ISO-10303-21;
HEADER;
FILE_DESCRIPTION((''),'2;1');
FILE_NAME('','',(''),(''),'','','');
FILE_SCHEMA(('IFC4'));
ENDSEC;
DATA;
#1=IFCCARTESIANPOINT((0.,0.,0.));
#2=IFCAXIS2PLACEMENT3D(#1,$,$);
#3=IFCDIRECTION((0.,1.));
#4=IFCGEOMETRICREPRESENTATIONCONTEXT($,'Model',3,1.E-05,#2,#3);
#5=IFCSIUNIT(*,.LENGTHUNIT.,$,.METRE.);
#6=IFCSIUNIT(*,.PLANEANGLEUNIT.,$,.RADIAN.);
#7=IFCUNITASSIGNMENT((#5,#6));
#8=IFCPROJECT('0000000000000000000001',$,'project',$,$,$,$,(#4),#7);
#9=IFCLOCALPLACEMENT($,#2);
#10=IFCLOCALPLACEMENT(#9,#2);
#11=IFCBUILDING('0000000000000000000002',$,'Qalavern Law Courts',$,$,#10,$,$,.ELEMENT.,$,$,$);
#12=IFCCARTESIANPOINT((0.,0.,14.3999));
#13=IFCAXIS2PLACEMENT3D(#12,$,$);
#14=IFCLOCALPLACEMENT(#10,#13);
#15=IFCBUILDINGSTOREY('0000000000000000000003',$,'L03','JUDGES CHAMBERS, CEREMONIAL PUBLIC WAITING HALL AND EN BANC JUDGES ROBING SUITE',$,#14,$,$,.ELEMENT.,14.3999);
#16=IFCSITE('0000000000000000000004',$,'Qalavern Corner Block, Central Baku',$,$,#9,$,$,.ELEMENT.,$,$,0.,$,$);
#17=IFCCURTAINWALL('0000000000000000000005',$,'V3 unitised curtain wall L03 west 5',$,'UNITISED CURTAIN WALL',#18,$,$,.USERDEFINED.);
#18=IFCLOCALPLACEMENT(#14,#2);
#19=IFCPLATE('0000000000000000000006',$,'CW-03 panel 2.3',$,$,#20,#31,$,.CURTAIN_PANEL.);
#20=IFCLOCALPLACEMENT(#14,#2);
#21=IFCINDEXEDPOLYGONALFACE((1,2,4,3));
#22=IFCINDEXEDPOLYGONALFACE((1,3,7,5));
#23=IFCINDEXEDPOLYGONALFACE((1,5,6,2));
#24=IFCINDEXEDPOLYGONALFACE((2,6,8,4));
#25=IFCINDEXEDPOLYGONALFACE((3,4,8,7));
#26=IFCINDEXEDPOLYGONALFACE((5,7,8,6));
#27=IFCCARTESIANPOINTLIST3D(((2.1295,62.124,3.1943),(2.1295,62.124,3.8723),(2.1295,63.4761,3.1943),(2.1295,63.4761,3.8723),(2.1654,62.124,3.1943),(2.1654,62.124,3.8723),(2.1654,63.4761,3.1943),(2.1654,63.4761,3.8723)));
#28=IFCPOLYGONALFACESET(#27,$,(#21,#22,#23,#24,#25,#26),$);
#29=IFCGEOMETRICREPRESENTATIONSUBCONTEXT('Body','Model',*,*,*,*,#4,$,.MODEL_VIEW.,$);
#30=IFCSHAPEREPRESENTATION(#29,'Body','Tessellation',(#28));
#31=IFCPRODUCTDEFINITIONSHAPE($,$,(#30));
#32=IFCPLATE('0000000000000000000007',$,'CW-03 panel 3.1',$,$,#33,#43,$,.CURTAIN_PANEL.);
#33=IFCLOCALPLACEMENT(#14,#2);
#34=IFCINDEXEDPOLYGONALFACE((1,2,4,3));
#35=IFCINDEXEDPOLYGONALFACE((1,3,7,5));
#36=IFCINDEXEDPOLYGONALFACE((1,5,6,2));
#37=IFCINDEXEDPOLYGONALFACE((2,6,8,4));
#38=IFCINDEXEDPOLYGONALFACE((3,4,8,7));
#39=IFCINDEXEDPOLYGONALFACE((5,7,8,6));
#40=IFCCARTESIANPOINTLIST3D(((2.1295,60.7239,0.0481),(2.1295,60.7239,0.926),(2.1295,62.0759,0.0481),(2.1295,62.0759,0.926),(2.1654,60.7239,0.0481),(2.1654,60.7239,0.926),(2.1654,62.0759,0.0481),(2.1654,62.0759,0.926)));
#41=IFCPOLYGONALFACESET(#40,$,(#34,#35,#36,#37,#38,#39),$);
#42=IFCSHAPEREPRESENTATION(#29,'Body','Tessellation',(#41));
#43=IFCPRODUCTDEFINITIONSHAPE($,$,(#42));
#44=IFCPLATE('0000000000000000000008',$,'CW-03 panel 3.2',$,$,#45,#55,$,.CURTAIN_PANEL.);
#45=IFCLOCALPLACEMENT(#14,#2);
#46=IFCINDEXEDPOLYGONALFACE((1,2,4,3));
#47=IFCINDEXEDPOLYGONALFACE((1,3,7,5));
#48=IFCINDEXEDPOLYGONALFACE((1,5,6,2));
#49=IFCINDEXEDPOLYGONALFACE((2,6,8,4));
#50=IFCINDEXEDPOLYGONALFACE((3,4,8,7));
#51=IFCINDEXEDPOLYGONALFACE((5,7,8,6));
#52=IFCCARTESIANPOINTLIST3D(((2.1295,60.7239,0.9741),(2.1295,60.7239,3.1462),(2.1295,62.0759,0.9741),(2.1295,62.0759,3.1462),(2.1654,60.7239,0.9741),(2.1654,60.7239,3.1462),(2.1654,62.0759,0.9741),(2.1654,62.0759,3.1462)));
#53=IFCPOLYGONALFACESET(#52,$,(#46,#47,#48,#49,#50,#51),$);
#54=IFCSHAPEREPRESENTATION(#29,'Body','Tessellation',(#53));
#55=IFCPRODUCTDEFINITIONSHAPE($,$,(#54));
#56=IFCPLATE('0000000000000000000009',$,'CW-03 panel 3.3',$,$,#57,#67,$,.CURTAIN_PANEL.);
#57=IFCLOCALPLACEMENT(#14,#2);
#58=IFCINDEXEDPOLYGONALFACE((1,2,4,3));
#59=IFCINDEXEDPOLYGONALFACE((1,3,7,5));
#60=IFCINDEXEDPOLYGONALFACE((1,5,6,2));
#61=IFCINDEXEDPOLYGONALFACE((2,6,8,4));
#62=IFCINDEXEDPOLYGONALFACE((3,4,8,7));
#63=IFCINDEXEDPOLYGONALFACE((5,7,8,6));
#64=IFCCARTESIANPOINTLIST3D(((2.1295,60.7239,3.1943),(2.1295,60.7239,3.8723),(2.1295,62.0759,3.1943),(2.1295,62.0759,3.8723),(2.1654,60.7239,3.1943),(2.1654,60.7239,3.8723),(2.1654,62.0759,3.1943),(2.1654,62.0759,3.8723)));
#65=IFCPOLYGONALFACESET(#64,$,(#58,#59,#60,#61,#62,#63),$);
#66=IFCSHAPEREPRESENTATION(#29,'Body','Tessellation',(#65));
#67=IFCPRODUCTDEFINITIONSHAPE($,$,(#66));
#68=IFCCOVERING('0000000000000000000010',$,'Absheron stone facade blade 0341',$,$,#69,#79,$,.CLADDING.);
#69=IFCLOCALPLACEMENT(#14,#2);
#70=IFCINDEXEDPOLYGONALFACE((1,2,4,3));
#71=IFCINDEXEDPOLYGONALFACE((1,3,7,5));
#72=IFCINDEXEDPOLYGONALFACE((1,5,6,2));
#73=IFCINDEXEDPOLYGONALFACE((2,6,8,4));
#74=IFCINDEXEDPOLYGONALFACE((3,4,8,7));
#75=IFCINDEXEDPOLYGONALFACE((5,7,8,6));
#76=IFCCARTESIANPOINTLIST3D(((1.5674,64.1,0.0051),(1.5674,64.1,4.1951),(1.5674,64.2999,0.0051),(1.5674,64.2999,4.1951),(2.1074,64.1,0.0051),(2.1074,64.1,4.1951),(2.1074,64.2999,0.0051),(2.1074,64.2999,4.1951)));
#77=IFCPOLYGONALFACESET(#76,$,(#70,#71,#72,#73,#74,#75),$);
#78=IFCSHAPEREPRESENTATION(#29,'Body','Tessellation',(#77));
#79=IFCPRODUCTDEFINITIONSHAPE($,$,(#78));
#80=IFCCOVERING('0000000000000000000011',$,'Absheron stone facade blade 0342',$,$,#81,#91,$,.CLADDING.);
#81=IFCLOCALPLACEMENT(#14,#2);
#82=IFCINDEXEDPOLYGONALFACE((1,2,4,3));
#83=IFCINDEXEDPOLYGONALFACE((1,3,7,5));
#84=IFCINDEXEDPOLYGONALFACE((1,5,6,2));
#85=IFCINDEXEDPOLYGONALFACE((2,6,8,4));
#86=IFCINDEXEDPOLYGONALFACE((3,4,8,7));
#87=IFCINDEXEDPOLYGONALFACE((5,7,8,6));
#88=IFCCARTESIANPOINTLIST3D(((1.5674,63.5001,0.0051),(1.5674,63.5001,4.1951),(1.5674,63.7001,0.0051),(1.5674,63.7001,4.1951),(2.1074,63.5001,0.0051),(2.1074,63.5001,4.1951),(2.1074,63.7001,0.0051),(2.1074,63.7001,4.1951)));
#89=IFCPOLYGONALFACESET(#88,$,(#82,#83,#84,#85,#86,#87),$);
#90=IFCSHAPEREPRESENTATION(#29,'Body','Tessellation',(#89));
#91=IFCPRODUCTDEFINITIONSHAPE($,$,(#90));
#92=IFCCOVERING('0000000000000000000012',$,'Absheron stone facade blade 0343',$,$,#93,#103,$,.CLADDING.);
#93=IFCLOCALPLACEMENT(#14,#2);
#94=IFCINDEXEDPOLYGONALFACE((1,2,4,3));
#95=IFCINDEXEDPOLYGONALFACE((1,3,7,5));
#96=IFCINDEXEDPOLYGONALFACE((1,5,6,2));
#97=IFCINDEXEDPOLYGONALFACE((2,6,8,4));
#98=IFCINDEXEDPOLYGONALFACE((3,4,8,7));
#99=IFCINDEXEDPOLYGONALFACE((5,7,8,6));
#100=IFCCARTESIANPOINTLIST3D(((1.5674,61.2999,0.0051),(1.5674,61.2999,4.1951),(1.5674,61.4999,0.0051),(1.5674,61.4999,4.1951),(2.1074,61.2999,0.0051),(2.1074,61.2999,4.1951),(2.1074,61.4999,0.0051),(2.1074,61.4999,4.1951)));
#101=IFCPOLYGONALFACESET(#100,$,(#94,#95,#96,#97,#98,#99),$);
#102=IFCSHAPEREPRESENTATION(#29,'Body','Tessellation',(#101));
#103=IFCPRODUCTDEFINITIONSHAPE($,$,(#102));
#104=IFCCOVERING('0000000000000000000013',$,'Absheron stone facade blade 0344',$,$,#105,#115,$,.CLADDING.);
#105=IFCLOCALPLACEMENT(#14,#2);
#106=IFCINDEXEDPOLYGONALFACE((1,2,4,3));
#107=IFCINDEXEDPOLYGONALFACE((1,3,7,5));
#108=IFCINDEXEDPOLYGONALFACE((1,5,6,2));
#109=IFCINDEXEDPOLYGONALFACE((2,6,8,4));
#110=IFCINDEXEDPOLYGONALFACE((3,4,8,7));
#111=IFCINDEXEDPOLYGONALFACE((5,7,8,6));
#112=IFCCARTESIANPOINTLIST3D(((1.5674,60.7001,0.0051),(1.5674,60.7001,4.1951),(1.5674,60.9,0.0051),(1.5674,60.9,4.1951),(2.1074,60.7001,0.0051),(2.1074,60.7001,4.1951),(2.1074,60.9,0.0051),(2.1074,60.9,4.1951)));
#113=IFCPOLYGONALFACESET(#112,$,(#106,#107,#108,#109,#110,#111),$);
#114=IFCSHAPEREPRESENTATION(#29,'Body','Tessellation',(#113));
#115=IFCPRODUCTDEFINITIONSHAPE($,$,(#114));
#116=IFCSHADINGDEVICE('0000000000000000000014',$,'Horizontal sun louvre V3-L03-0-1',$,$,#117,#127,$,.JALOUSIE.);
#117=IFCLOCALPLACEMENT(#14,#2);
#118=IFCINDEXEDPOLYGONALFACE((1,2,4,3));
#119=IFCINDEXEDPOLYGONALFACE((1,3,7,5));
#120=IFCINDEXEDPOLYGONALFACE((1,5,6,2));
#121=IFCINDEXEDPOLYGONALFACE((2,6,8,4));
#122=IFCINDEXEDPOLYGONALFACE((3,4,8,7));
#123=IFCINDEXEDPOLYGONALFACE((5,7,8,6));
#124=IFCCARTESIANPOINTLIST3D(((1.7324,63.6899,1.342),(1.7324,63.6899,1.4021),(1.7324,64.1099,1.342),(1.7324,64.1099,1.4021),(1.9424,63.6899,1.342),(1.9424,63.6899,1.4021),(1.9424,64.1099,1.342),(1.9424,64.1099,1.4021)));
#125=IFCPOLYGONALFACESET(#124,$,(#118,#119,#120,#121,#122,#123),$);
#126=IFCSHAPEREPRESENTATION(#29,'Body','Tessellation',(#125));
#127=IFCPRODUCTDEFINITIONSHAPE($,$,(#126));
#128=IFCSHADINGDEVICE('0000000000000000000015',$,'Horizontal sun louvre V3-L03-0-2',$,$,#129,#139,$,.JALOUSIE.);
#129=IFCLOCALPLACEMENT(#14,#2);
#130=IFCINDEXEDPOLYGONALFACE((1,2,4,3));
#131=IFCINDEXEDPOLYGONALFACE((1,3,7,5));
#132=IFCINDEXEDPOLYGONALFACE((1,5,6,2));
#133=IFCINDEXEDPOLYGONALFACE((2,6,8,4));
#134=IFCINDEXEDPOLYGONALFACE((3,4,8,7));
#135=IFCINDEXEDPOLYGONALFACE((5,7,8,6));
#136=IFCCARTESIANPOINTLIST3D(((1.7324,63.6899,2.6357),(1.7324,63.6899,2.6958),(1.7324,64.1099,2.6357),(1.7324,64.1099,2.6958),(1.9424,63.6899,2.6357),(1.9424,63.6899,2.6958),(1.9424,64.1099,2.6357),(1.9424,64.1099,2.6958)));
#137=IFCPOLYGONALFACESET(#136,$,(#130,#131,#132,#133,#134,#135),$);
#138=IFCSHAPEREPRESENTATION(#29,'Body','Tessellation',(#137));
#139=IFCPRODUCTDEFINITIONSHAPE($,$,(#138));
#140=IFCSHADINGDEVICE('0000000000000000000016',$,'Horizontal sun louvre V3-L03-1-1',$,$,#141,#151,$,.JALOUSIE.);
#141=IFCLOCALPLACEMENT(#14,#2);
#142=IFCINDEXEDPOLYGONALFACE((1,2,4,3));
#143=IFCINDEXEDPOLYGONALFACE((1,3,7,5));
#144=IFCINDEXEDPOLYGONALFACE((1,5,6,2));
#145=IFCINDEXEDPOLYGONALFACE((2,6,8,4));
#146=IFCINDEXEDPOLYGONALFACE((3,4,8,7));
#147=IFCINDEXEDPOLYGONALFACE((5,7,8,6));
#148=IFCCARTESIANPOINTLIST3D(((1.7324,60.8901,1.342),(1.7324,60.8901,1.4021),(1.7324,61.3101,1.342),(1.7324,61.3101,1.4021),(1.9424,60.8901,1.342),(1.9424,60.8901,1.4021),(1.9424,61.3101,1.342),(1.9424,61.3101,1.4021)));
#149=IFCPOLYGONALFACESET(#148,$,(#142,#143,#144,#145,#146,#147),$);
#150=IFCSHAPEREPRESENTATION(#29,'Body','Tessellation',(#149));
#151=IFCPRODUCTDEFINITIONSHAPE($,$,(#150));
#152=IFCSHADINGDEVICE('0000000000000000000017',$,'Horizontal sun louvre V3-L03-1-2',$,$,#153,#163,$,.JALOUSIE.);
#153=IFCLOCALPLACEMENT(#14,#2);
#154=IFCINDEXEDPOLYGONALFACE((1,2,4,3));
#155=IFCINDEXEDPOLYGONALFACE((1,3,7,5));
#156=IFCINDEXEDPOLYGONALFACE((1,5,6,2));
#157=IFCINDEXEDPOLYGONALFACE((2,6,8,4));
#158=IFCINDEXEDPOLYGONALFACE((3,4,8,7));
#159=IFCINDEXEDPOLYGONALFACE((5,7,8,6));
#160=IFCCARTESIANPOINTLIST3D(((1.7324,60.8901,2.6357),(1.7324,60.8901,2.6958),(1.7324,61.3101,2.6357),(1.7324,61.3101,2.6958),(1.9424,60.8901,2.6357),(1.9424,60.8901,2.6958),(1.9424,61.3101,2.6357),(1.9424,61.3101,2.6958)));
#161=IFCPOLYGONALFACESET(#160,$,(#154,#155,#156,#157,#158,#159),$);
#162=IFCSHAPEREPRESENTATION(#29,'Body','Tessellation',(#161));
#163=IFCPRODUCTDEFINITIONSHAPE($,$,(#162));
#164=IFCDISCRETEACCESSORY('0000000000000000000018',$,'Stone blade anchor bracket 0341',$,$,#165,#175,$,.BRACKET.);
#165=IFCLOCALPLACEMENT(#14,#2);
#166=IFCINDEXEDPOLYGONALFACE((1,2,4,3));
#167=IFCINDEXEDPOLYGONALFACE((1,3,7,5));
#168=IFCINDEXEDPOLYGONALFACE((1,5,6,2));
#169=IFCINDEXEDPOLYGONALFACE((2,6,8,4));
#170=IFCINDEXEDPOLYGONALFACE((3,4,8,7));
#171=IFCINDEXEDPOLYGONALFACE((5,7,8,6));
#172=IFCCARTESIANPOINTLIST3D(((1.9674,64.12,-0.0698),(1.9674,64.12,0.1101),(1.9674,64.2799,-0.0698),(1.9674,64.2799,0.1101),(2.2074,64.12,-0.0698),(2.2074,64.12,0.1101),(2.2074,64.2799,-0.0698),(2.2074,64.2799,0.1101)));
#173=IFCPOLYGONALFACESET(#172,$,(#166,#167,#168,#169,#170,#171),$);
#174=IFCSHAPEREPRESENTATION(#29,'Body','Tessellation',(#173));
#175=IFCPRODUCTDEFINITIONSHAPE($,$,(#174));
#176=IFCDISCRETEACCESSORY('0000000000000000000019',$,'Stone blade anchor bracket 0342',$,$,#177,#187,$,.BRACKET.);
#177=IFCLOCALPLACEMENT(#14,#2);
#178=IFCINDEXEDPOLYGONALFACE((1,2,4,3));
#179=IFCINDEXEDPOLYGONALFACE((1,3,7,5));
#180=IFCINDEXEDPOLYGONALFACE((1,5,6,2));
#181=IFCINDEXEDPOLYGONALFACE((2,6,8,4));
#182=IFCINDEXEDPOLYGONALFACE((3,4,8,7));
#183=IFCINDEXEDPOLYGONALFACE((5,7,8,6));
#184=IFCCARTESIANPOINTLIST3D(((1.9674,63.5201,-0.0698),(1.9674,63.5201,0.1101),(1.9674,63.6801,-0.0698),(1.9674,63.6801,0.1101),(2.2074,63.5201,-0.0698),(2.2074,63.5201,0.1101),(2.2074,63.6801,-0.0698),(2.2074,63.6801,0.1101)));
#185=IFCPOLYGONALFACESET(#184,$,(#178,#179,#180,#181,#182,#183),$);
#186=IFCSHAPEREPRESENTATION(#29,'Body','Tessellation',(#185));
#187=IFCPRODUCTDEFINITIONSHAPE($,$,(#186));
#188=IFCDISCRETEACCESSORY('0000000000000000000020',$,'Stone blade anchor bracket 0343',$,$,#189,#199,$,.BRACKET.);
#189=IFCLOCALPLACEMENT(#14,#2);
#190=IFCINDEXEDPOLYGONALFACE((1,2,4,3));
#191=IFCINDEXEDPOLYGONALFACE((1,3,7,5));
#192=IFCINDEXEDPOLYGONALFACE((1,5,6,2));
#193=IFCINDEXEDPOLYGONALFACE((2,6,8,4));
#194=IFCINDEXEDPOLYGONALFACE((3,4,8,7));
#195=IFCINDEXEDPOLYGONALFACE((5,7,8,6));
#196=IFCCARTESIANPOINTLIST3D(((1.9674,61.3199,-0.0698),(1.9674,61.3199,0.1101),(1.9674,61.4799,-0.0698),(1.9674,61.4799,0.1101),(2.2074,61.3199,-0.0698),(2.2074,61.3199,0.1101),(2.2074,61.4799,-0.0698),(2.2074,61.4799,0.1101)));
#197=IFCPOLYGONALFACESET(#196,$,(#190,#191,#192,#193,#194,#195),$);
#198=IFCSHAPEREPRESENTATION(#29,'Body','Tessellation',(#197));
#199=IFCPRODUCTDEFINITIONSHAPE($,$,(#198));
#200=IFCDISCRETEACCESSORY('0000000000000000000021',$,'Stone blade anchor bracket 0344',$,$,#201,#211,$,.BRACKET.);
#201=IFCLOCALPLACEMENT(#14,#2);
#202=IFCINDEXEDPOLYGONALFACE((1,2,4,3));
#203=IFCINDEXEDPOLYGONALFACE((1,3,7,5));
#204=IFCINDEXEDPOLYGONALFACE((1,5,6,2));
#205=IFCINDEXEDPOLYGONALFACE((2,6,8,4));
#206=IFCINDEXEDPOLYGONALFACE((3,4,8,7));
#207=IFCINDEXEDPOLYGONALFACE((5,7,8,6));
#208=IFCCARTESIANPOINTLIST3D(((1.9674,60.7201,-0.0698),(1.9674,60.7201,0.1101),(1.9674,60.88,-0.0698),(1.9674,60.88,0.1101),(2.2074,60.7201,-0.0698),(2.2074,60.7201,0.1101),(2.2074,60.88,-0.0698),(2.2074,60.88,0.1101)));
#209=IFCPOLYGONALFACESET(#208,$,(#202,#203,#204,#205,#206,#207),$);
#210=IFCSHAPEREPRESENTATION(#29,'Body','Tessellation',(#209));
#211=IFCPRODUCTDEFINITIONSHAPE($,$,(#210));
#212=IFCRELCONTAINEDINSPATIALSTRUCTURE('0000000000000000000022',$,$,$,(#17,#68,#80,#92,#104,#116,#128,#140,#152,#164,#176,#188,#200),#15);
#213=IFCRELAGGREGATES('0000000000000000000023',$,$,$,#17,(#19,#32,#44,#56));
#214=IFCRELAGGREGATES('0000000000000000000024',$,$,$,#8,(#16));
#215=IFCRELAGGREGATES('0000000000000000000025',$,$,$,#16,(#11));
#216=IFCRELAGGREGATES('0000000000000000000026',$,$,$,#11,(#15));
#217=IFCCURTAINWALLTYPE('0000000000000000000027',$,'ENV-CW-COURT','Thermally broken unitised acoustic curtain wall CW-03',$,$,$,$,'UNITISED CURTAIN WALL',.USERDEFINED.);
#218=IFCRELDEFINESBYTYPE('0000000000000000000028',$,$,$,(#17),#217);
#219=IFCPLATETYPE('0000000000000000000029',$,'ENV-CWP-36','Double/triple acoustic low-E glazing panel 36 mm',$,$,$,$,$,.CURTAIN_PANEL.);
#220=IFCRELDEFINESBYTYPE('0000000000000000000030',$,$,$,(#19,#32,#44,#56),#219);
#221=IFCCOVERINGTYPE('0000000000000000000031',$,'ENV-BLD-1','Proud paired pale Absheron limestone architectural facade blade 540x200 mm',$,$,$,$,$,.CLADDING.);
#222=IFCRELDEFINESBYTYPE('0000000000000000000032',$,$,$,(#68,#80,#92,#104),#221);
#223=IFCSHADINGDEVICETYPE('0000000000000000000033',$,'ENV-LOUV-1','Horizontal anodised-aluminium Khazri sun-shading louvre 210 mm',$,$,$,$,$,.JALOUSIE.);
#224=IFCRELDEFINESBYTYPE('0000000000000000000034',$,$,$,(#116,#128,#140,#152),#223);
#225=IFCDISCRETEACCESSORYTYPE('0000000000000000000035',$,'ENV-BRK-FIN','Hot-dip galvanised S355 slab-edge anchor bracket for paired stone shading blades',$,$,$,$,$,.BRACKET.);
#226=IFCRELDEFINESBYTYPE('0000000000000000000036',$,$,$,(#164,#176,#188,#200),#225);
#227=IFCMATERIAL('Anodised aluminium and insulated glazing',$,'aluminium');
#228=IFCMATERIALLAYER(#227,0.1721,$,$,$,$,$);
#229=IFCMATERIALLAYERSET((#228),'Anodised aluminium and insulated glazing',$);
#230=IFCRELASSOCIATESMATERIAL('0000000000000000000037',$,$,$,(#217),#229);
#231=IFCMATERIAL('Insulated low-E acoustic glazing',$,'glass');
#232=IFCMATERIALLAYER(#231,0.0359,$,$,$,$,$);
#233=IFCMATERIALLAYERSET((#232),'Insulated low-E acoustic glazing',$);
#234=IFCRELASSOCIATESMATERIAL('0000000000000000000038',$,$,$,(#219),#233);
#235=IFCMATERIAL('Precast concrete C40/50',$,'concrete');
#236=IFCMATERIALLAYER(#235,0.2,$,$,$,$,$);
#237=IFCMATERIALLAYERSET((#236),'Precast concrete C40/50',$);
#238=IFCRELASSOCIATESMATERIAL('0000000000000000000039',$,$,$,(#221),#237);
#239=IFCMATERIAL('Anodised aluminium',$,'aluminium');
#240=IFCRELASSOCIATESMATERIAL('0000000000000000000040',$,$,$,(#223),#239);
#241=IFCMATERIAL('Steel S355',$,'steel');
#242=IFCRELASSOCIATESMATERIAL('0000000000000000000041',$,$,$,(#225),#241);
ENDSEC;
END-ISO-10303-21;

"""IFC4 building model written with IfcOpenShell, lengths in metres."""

from ifc_helpers import new_model, si_unit, direction, frame, origin, origin_2d, place, context, subcontext, project, spatial, rectangle, extrude, material, layer, layer_set, type_object, element, aggregate, save


model = new_model("IFC4")

# Units and contexts
model_context = context("Model", 3, precision=1e-05, world=origin(), true_north=direction((0.0, 1.0)))
body_context = subcontext(model_context, "Body", "Model", "MODEL_VIEW")
ifc_project = project(units=[si_unit("LENGTHUNIT", "METRE"), si_unit("PLANEANGLEUNIT", "RADIAN")], contexts=[model_context])

# Site, building, storey
site_placement = place(None, origin())
site = spatial("IfcSite", under=ifc_project, at=site_placement, Name="Qalavern Corner Block, Central Baku", CompositionType="ELEMENT", RefElevation=0.0)
building_placement = place(site_placement, origin())
building = spatial("IfcBuilding", under=site, at=building_placement, Name="Qalavern Law Courts", CompositionType="ELEMENT")
storey_placement = place(building_placement, frame((0.0, 0.0, 14.3999)))
storey = spatial("IfcBuildingStorey", under=building, at=storey_placement, Name="L03", Description="JUDGES CHAMBERS, CEREMONIAL PUBLIC WAITING HALL AND EN BANC JUDGES ROBING SUITE", CompositionType="ELEMENT", Elevation=14.3999)

# Curtain wall
ifc_material_1 = material(Name="Anodised aluminium and insulated glazing", Category="aluminium")
ifc_layer_1 = layer(ifc_material_1, 0.1721)
ifc_layer_set_1 = layer_set([ifc_layer_1], Name="Anodised aluminium and insulated glazing")
curtain_wall_type = type_object("IfcCurtainWallType", Name="ENV-CW-COURT", Description="Thermally broken unitised acoustic curtain wall CW-03", ElementType="UNITISED CURTAIN WALL", PredefinedType="USERDEFINED", material=ifc_layer_set_1)
curtain_wall_placement = place(storey_placement, origin())
curtain_wall = element("IfcCurtainWall", 1, at=curtain_wall_placement, inside=storey, type_object=curtain_wall_type, Name="V3 unitised curtain wall L03 west 5", ObjectType="UNITISED CURTAIN WALL", PredefinedType="USERDEFINED")
ifc_material_2 = material(Name="Anodised aluminium", Category="aluminium")

# Shared definitions
ifc_material_3 = material(Name="Steel S355", Category="steel")

# Plates
ifc_material_4 = material(Name="Insulated low-E acoustic glazing", Category="glass")
ifc_layer_2 = layer(ifc_material_4, 0.0359)
ifc_layer_set_2 = layer_set([ifc_layer_2], Name="Insulated low-E acoustic glazing")
plate_type = type_object("IfcPlateType", Name="ENV-CWP-36", Description="Double/triple acoustic low-E glazing panel 36 mm", PredefinedType="CURTAIN_PANEL", material=ifc_layer_set_2)
plate_1_placement = place(storey_placement, frame((2.1475, 62.8, 3.1943), z_axis=(0.0, 0.0, 1.0), x_axis=(0.0, -1.0, 0.0)))
plate_1 = element("IfcPlate", 2, at=plate_1_placement, type_object=plate_type, Name="CW-03 panel 2.3", PredefinedType="CURTAIN_PANEL", context=body_context, shape_type="SweptSolid", body=[
    extrude(rectangle(XDim=1.3521, YDim=0.0359, at=origin_2d()), origin(), (0.0, 0.0, 1.0), 0.678),
])
plate_2_placement = place(storey_placement, frame((2.1475, 61.3999, 0.0481), z_axis=(0.0, 0.0, 1.0), x_axis=(0.0, -1.0, 0.0)))
plate_2 = element("IfcPlate", 3, at=plate_2_placement, type_object=plate_type, Name="CW-03 panel 3.1", PredefinedType="CURTAIN_PANEL", context=body_context, shape_type="SweptSolid", body=[
    extrude(rectangle(XDim=1.3521, YDim=0.0359, at=origin_2d()), origin(), (0.0, 0.0, 1.0), 0.8779),
])
plate_3_placement = place(storey_placement, frame((2.1475, 61.3999, 0.9741), z_axis=(0.0, 0.0, 1.0), x_axis=(0.0, -1.0, 0.0)))
plate_3 = element("IfcPlate", 4, at=plate_3_placement, type_object=plate_type, Name="CW-03 panel 3.2", PredefinedType="CURTAIN_PANEL", context=body_context, shape_type="SweptSolid", body=[
    extrude(rectangle(XDim=1.3521, YDim=0.0359, at=origin_2d()), origin(), (0.0, 0.0, 1.0), 2.1721),
])
plate_4_placement = place(storey_placement, frame((2.1475, 61.3999, 3.1943), z_axis=(0.0, 0.0, 1.0), x_axis=(0.0, -1.0, 0.0)))
plate_4 = element("IfcPlate", 5, at=plate_4_placement, type_object=plate_type, Name="CW-03 panel 3.3", PredefinedType="CURTAIN_PANEL", context=body_context, shape_type="SweptSolid", body=[
    extrude(rectangle(XDim=1.3521, YDim=0.0359, at=origin_2d()), origin(), (0.0, 0.0, 1.0), 0.678),
])
aggregate(curtain_wall, [plate_1, plate_2, plate_3, plate_4])

# Coverings
ifc_material_5 = material(Name="Precast concrete C40/50", Category="concrete")
ifc_layer_3 = layer(ifc_material_5, 0.2)
ifc_layer_set_3 = layer_set([ifc_layer_3], Name="Precast concrete C40/50")
covering_type = type_object("IfcCoveringType", Name="ENV-BLD-1", Description="Proud paired pale Absheron limestone architectural facade blade 540x200 mm", PredefinedType="CLADDING", material=ifc_layer_set_3)
for number, where, z_axis, x_axis, name in (
    (6, (1.8374, 64.2, 0.0051), (0.0, 0.0, 1.0), (-1.0, 0.0, 0.0), "Absheron stone facade blade 0341"),
    (7, (1.8374, 63.6001, 0.0051), (0.0, 0.0, 1.0), (-1.0, 0.0, 0.0), "Absheron stone facade blade 0342"),
    (8, (1.8374, 61.3999, 0.0051), (0.0, 0.0, 1.0), (-1.0, 0.0, 0.0), "Absheron stone facade blade 0343"),
    (9, (1.8374, 60.8, 0.0051), (0.0, 0.0, 1.0), (-1.0, 0.0, 0.0), "Absheron stone facade blade 0344"),
):
    element("IfcCovering", number, at=place(storey_placement, frame(where, z_axis=z_axis, x_axis=x_axis)), inside=storey, type_object=covering_type, Name=name, PredefinedType="CLADDING", context=body_context, shape_type="SweptSolid", body=[
        extrude(rectangle(XDim=0.54, YDim=0.2, at=origin_2d()), origin(), (0.0, 0.0, 1.0), 4.1899),
    ])

# Shading devices
shading_device_type = type_object("IfcShadingDeviceType", Name="ENV-LOUV-1", Description="Horizontal anodised-aluminium Khazri sun-shading louvre 210 mm", PredefinedType="JALOUSIE", material=ifc_material_2)
for number, where, z_axis, x_axis, name in (
    (10, (1.8374, 63.8999, 1.342), (0.0, 0.0, 1.0), (0.0, -1.0, 0.0), "Horizontal sun louvre V3-L03-0-1"),
    (11, (1.8374, 63.8999, 2.6357), (0.0, 0.0, 1.0), (0.0, -1.0, 0.0), "Horizontal sun louvre V3-L03-0-2"),
    (12, (1.8374, 61.1001, 1.342), (0.0, 0.0, 1.0), (0.0, -1.0, 0.0), "Horizontal sun louvre V3-L03-1-1"),
    (13, (1.8374, 61.1001, 2.6357), (0.0, 0.0, 1.0), (0.0, -1.0, 0.0), "Horizontal sun louvre V3-L03-1-2"),
):
    element("IfcShadingDevice", number, at=place(storey_placement, frame(where, z_axis=z_axis, x_axis=x_axis)), inside=storey, type_object=shading_device_type, Name=name, PredefinedType="JALOUSIE", context=body_context, shape_type="SweptSolid", body=[
        extrude(rectangle(XDim=0.4199, YDim=0.21, at=origin_2d()), origin(), (0.0, 0.0, 1.0), 0.0601),
    ])

# Discrete accessories
discrete_accessory_type = type_object("IfcDiscreteAccessoryType", Name="ENV-BRK-FIN", Description="Hot-dip galvanised S355 slab-edge anchor bracket for paired stone shading blades", PredefinedType="BRACKET", material=ifc_material_3)
for number, where, z_axis, x_axis, name in (
    (14, (2.0874, 64.2, -0.0698), (0.0, 0.0, 1.0), (-1.0, 0.0, 0.0), "Stone blade anchor bracket 0341"),
    (15, (2.0874, 63.6001, -0.0698), (0.0, 0.0, 1.0), (-1.0, 0.0, 0.0), "Stone blade anchor bracket 0342"),
    (16, (2.0874, 61.3999, -0.0698), (0.0, 0.0, 1.0), (-1.0, 0.0, 0.0), "Stone blade anchor bracket 0343"),
    (17, (2.0874, 60.8, -0.0698), (0.0, 0.0, 1.0), (-1.0, 0.0, 0.0), "Stone blade anchor bracket 0344"),
):
    element("IfcDiscreteAccessory", number, at=place(storey_placement, frame(where, z_axis=z_axis, x_axis=x_axis)), inside=storey, type_object=discrete_accessory_type, Name=name, PredefinedType="BRACKET", context=body_context, shape_type="SweptSolid", body=[
        extrude(rectangle(XDim=0.24, YDim=0.1599, at=origin_2d()), origin(), (0.0, 0.0, 1.0), 0.1799),
    ])

save(model, "model.ifc")
